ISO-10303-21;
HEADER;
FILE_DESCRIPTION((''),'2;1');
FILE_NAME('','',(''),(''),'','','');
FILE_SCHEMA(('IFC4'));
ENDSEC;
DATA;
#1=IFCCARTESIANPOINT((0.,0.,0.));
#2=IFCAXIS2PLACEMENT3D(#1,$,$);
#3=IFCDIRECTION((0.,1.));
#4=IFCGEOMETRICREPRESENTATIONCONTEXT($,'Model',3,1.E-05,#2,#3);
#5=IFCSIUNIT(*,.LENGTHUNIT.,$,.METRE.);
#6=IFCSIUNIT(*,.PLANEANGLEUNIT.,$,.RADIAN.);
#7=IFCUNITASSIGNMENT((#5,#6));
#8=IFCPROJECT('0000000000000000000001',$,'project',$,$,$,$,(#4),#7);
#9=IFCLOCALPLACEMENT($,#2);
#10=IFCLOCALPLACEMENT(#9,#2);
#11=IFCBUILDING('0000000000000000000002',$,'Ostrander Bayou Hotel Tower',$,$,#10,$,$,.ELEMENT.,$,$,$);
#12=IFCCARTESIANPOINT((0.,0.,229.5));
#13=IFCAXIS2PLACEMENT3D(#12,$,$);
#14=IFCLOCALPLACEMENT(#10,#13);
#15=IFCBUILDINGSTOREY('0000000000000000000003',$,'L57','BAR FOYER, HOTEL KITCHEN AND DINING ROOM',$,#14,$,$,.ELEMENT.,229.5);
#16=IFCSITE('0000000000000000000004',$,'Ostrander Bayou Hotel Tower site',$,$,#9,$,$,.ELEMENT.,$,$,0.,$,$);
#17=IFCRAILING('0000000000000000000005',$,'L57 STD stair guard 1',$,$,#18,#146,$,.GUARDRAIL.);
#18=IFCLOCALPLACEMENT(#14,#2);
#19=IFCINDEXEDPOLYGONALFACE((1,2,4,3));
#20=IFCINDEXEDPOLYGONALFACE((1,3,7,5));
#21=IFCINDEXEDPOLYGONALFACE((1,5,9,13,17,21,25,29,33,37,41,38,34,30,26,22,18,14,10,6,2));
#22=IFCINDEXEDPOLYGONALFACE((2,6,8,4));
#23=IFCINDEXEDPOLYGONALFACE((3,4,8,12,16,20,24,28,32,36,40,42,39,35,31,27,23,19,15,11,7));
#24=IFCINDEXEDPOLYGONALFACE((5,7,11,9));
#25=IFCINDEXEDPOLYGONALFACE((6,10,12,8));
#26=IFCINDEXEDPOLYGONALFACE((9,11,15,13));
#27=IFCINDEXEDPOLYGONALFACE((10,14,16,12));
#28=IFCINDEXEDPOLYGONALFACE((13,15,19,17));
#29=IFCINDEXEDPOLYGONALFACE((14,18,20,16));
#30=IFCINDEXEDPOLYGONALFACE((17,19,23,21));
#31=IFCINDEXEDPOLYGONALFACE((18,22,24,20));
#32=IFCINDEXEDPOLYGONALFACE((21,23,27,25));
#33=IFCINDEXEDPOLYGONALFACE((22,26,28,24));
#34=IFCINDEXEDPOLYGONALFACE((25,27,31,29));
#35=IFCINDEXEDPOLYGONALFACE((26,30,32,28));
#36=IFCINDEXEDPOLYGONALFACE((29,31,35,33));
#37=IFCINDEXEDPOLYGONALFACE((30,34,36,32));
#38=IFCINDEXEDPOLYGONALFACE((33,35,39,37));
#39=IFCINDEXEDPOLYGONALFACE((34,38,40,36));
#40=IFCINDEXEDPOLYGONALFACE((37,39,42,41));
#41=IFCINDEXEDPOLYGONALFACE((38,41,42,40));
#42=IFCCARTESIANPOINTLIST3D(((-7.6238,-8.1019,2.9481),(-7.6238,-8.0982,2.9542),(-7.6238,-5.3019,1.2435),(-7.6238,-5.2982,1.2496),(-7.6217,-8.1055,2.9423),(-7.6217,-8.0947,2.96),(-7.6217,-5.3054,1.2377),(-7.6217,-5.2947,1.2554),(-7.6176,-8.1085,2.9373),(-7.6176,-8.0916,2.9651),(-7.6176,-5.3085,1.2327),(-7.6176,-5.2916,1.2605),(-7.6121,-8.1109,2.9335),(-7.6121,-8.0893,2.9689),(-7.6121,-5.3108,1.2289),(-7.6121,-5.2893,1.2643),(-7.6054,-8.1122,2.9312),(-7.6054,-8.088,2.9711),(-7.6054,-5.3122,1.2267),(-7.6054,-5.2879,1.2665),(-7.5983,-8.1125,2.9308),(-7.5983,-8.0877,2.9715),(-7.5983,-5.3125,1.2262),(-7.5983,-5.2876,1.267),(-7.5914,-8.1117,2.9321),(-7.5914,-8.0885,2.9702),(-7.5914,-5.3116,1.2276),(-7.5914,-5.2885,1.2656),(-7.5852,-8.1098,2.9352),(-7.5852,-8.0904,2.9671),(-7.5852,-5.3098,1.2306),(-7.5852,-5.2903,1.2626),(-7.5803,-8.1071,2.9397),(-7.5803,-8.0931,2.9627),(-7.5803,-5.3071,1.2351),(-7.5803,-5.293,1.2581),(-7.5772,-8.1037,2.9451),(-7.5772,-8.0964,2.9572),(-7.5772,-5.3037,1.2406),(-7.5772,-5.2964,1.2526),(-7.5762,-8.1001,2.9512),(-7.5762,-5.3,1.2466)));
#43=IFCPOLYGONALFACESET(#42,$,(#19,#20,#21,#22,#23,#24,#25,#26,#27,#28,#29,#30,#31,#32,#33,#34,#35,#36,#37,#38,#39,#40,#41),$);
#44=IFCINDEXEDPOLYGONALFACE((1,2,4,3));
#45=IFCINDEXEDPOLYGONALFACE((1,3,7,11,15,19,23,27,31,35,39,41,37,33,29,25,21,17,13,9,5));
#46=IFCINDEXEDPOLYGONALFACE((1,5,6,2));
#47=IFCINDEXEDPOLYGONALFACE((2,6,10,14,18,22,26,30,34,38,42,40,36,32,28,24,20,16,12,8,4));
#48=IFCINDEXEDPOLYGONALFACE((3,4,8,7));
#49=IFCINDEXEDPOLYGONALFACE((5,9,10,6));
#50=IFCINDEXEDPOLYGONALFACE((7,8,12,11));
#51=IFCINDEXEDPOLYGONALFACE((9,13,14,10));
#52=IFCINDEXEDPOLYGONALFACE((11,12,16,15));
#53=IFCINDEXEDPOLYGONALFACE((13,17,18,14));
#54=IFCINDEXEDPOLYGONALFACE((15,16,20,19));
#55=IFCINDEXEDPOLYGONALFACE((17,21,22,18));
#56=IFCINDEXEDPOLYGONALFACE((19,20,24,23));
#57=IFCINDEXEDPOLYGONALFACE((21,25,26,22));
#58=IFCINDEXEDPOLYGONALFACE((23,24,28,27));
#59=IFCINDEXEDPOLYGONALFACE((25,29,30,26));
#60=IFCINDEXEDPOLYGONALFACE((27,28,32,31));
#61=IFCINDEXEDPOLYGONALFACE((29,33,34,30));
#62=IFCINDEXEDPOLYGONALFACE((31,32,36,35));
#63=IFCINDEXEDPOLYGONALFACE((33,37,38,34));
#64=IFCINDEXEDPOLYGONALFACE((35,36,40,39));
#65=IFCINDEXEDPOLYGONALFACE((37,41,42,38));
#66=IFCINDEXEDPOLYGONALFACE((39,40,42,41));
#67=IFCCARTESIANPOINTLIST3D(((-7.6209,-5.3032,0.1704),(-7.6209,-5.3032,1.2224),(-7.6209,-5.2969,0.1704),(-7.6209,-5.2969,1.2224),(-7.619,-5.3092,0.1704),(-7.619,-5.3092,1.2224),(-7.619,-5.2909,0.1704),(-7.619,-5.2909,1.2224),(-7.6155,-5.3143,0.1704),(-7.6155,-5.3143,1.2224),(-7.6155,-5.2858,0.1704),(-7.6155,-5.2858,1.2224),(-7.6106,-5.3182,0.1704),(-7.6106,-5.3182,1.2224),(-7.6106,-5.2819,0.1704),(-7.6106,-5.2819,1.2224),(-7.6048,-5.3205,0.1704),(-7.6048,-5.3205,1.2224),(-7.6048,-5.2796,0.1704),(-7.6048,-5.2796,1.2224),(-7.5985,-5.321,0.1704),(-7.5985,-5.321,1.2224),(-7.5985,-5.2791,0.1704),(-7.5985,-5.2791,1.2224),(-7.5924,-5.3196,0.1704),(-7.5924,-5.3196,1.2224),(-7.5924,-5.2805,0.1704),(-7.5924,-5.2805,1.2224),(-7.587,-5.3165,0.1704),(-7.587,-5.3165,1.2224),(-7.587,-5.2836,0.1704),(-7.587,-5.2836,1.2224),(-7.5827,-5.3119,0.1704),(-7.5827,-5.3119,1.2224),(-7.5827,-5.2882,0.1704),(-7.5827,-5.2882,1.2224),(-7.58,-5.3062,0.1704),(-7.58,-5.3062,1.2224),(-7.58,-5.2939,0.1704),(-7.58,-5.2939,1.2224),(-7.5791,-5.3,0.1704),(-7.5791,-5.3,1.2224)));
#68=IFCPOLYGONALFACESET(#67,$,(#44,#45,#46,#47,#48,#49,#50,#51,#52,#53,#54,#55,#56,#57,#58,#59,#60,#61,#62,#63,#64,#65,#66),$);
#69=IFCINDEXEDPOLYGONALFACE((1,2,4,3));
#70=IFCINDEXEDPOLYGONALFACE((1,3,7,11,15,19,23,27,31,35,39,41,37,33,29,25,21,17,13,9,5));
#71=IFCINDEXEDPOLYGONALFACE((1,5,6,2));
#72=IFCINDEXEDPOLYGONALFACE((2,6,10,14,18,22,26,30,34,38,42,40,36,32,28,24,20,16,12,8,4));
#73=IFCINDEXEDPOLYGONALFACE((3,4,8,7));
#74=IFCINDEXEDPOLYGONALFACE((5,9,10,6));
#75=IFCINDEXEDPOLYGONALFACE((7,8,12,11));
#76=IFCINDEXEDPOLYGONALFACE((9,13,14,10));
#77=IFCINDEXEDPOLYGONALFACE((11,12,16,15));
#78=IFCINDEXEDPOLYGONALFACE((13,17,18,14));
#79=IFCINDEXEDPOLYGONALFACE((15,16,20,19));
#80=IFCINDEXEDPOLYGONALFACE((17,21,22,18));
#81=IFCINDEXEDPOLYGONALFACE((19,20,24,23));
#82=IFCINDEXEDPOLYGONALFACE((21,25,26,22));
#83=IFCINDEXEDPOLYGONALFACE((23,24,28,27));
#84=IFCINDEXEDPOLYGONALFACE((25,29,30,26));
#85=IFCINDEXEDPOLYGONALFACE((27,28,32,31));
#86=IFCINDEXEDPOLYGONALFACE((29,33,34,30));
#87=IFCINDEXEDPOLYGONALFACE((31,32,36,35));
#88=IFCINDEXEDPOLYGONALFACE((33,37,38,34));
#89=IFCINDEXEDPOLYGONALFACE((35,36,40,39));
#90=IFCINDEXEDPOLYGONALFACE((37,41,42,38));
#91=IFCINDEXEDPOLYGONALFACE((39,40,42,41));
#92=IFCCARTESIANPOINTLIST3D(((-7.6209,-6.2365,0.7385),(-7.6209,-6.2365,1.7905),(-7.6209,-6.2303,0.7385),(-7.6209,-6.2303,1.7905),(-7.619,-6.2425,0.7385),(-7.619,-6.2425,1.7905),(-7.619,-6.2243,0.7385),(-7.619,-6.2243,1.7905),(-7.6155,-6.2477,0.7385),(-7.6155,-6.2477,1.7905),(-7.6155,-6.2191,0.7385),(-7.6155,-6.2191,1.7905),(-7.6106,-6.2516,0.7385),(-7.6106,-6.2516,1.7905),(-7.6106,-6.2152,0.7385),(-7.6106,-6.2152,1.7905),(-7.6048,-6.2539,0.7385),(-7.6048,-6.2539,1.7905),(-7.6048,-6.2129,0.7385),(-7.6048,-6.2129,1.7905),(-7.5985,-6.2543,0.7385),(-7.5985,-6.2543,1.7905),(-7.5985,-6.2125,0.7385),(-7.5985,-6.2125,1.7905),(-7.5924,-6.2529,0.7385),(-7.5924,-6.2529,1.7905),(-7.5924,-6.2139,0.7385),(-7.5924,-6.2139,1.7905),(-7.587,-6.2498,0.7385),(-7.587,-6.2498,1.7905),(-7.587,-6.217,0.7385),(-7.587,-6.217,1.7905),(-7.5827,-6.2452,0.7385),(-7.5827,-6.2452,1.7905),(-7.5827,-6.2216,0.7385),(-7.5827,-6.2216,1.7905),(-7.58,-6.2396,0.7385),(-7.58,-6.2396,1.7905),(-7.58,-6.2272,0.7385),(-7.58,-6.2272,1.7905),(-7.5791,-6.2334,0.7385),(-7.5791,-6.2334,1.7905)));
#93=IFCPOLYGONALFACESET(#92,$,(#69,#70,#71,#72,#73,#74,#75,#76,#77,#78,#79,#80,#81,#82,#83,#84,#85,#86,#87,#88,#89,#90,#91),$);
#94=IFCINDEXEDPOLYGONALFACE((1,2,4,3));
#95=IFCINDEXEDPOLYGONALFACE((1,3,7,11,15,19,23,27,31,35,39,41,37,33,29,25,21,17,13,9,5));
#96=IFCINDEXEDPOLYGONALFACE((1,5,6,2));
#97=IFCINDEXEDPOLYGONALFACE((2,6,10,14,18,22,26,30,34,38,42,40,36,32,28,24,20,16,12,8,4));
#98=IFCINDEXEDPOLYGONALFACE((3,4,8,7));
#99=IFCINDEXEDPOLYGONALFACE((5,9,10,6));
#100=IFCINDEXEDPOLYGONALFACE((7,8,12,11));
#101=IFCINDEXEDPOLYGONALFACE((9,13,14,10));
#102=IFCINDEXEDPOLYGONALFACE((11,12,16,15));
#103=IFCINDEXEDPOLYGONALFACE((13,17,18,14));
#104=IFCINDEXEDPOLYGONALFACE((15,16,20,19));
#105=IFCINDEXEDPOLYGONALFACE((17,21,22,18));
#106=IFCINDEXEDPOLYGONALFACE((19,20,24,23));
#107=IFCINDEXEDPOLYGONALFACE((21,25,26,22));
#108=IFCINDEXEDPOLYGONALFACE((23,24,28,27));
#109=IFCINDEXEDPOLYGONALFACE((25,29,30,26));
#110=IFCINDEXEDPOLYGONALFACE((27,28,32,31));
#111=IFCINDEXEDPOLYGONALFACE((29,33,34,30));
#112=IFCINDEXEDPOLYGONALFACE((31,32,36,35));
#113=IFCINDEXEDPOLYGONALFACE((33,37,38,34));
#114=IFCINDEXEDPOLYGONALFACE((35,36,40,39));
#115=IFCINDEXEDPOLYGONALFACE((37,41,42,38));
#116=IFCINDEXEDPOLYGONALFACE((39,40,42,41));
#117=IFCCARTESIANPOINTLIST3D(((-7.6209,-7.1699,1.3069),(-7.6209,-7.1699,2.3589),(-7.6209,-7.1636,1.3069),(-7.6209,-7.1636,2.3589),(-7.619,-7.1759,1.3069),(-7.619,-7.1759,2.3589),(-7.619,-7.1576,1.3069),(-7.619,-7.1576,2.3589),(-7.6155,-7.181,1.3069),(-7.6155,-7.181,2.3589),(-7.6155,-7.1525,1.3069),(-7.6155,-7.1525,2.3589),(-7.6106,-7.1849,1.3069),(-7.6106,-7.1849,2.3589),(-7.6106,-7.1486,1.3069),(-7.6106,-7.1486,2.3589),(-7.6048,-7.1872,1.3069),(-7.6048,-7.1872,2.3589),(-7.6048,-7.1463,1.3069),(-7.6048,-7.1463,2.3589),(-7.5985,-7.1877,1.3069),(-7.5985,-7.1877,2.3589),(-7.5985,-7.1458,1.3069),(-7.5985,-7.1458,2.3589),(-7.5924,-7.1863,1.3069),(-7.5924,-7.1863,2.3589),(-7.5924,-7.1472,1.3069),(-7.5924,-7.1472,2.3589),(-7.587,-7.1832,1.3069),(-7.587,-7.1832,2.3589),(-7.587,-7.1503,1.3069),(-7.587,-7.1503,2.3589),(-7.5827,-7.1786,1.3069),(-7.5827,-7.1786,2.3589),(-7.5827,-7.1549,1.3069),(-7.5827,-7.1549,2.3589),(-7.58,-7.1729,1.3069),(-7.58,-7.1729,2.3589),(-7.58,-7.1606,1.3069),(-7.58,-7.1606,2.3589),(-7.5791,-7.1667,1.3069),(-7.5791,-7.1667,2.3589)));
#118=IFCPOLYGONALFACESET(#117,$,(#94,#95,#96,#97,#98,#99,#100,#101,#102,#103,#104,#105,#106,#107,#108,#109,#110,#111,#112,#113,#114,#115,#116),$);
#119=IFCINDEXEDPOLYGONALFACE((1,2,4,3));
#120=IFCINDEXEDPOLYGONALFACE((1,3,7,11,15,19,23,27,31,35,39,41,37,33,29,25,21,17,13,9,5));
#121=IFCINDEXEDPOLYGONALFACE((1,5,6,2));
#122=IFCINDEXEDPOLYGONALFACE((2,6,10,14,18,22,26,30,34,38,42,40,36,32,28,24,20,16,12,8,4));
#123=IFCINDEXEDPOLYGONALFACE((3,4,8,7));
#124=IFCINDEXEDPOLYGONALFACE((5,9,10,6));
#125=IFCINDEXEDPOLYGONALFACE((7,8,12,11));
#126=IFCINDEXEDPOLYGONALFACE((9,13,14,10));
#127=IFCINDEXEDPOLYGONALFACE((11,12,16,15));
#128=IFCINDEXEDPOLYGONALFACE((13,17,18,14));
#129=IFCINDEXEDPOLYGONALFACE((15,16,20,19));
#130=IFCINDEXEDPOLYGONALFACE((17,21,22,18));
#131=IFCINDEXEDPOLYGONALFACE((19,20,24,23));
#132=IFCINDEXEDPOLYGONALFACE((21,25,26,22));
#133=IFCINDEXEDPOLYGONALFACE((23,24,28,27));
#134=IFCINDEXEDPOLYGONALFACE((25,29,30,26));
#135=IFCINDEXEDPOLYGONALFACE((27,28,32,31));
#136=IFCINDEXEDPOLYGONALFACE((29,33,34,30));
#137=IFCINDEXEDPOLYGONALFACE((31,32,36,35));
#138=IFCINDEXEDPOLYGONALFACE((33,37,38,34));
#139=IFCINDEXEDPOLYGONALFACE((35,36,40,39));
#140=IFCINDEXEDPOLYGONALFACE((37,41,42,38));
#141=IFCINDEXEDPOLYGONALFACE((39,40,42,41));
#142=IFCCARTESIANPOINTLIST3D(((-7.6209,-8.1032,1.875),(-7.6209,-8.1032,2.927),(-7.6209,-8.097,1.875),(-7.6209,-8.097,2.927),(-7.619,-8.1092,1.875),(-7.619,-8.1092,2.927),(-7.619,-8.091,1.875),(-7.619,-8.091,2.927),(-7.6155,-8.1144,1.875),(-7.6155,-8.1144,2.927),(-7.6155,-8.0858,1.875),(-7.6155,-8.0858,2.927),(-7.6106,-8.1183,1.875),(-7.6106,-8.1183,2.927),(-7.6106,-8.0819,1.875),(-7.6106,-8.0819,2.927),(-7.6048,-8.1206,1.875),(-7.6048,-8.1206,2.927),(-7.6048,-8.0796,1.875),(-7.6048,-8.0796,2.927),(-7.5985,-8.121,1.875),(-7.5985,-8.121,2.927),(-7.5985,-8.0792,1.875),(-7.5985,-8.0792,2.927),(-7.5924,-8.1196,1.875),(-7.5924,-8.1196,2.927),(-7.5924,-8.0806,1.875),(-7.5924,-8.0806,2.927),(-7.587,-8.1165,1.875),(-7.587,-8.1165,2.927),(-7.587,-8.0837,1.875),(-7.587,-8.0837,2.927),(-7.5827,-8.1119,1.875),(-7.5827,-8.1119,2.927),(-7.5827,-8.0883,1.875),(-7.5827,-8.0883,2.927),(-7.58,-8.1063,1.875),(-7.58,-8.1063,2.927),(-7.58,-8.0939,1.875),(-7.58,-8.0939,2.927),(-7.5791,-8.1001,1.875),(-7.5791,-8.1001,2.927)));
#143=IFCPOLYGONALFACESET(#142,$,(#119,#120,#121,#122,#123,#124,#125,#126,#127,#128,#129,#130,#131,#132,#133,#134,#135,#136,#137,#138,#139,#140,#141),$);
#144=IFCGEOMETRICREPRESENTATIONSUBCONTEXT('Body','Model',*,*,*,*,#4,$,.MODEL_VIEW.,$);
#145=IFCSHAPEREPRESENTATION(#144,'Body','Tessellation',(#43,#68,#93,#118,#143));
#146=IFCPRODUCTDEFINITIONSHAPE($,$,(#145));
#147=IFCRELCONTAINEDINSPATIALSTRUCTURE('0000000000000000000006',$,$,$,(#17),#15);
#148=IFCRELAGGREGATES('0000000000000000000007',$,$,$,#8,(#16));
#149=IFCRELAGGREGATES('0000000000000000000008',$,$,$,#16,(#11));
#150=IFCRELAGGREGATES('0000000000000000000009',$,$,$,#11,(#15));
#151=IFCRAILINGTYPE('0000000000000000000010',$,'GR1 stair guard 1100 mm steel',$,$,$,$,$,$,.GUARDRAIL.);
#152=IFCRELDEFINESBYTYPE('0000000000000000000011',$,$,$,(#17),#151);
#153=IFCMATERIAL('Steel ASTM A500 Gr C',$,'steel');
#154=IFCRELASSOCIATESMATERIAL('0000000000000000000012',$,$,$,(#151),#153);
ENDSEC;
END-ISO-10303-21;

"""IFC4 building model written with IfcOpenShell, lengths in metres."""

from ifc_helpers import new_model, si_unit, direction, frame, origin, origin_2d, place, context, subcontext, project, spatial, circle, extrude, material, type_object, element, save


model = new_model("IFC4")

# Units and contexts
model_context = context("Model", 3, precision=1e-05, world=origin(), true_north=direction((0.0, 1.0)))
body_context = subcontext(model_context, "Body", "Model", "MODEL_VIEW")
ifc_project = project(units=[si_unit("LENGTHUNIT", "METRE"), si_unit("PLANEANGLEUNIT", "RADIAN")], contexts=[model_context])

# Site, building, storey
site_placement = place(None, origin())
site = spatial("IfcSite", under=ifc_project, at=site_placement, Name="Ostrander Bayou Hotel Tower site", CompositionType="ELEMENT", RefElevation=0.0)
building_placement = place(site_placement, origin())
building = spatial("IfcBuilding", under=site, at=building_placement, Name="Ostrander Bayou Hotel Tower", CompositionType="ELEMENT")
storey_placement = place(building_placement, frame((0.0, 0.0, 229.5)))
storey = spatial("IfcBuildingStorey", under=building, at=storey_placement, Name="L57", Description="BAR FOYER, HOTEL KITCHEN AND DINING ROOM", CompositionType="ELEMENT", Elevation=229.5)

# Railing
ifc_material_1 = material(Name="Steel ASTM A500 Gr C", Category="steel")
railing_type_1 = type_object("IfcRailingType", Name="GR1 stair guard 1100 mm steel", PredefinedType="GUARDRAIL", material=ifc_material_1)
railing_1_placement = place(storey_placement, frame((-7.6001, -5.3, 0.1704)))
element("IfcRailing", 1, at=railing_1_placement, inside=storey, type_object=railing_type_1, Name="L57 STD stair guard 1", PredefinedType="GUARDRAIL", context=body_context, shape_type="SweptSolid", body=[
    extrude(circle(Radius=0.0239, at=origin_2d()), frame((0.0, 0.0, 1.0762), z_axis=(0.0, -0.85417, 0.519994), x_axis=(1.0, 0.0, 0.0)), (0.0, 0.0, 1.0), 3.2781),
    extrude(circle(Radius=0.021, at=origin_2d()), origin(), (0.0, 0.0, 1.0), 1.052),
    extrude(circle(Radius=0.021, at=origin_2d()), frame((0.0, -0.9333, 0.5681)), (0.0, 0.0, 1.0), 1.052),
    extrude(circle(Radius=0.021, at=origin_2d()), frame((0.0, -1.8667, 1.1365)), (0.0, 0.0, 1.0), 1.052),
    extrude(circle(Radius=0.021, at=origin_2d()), frame((0.0, -2.8, 1.7046)), (0.0, 0.0, 1.0), 1.052),
])

save(model, "model.ifc")
